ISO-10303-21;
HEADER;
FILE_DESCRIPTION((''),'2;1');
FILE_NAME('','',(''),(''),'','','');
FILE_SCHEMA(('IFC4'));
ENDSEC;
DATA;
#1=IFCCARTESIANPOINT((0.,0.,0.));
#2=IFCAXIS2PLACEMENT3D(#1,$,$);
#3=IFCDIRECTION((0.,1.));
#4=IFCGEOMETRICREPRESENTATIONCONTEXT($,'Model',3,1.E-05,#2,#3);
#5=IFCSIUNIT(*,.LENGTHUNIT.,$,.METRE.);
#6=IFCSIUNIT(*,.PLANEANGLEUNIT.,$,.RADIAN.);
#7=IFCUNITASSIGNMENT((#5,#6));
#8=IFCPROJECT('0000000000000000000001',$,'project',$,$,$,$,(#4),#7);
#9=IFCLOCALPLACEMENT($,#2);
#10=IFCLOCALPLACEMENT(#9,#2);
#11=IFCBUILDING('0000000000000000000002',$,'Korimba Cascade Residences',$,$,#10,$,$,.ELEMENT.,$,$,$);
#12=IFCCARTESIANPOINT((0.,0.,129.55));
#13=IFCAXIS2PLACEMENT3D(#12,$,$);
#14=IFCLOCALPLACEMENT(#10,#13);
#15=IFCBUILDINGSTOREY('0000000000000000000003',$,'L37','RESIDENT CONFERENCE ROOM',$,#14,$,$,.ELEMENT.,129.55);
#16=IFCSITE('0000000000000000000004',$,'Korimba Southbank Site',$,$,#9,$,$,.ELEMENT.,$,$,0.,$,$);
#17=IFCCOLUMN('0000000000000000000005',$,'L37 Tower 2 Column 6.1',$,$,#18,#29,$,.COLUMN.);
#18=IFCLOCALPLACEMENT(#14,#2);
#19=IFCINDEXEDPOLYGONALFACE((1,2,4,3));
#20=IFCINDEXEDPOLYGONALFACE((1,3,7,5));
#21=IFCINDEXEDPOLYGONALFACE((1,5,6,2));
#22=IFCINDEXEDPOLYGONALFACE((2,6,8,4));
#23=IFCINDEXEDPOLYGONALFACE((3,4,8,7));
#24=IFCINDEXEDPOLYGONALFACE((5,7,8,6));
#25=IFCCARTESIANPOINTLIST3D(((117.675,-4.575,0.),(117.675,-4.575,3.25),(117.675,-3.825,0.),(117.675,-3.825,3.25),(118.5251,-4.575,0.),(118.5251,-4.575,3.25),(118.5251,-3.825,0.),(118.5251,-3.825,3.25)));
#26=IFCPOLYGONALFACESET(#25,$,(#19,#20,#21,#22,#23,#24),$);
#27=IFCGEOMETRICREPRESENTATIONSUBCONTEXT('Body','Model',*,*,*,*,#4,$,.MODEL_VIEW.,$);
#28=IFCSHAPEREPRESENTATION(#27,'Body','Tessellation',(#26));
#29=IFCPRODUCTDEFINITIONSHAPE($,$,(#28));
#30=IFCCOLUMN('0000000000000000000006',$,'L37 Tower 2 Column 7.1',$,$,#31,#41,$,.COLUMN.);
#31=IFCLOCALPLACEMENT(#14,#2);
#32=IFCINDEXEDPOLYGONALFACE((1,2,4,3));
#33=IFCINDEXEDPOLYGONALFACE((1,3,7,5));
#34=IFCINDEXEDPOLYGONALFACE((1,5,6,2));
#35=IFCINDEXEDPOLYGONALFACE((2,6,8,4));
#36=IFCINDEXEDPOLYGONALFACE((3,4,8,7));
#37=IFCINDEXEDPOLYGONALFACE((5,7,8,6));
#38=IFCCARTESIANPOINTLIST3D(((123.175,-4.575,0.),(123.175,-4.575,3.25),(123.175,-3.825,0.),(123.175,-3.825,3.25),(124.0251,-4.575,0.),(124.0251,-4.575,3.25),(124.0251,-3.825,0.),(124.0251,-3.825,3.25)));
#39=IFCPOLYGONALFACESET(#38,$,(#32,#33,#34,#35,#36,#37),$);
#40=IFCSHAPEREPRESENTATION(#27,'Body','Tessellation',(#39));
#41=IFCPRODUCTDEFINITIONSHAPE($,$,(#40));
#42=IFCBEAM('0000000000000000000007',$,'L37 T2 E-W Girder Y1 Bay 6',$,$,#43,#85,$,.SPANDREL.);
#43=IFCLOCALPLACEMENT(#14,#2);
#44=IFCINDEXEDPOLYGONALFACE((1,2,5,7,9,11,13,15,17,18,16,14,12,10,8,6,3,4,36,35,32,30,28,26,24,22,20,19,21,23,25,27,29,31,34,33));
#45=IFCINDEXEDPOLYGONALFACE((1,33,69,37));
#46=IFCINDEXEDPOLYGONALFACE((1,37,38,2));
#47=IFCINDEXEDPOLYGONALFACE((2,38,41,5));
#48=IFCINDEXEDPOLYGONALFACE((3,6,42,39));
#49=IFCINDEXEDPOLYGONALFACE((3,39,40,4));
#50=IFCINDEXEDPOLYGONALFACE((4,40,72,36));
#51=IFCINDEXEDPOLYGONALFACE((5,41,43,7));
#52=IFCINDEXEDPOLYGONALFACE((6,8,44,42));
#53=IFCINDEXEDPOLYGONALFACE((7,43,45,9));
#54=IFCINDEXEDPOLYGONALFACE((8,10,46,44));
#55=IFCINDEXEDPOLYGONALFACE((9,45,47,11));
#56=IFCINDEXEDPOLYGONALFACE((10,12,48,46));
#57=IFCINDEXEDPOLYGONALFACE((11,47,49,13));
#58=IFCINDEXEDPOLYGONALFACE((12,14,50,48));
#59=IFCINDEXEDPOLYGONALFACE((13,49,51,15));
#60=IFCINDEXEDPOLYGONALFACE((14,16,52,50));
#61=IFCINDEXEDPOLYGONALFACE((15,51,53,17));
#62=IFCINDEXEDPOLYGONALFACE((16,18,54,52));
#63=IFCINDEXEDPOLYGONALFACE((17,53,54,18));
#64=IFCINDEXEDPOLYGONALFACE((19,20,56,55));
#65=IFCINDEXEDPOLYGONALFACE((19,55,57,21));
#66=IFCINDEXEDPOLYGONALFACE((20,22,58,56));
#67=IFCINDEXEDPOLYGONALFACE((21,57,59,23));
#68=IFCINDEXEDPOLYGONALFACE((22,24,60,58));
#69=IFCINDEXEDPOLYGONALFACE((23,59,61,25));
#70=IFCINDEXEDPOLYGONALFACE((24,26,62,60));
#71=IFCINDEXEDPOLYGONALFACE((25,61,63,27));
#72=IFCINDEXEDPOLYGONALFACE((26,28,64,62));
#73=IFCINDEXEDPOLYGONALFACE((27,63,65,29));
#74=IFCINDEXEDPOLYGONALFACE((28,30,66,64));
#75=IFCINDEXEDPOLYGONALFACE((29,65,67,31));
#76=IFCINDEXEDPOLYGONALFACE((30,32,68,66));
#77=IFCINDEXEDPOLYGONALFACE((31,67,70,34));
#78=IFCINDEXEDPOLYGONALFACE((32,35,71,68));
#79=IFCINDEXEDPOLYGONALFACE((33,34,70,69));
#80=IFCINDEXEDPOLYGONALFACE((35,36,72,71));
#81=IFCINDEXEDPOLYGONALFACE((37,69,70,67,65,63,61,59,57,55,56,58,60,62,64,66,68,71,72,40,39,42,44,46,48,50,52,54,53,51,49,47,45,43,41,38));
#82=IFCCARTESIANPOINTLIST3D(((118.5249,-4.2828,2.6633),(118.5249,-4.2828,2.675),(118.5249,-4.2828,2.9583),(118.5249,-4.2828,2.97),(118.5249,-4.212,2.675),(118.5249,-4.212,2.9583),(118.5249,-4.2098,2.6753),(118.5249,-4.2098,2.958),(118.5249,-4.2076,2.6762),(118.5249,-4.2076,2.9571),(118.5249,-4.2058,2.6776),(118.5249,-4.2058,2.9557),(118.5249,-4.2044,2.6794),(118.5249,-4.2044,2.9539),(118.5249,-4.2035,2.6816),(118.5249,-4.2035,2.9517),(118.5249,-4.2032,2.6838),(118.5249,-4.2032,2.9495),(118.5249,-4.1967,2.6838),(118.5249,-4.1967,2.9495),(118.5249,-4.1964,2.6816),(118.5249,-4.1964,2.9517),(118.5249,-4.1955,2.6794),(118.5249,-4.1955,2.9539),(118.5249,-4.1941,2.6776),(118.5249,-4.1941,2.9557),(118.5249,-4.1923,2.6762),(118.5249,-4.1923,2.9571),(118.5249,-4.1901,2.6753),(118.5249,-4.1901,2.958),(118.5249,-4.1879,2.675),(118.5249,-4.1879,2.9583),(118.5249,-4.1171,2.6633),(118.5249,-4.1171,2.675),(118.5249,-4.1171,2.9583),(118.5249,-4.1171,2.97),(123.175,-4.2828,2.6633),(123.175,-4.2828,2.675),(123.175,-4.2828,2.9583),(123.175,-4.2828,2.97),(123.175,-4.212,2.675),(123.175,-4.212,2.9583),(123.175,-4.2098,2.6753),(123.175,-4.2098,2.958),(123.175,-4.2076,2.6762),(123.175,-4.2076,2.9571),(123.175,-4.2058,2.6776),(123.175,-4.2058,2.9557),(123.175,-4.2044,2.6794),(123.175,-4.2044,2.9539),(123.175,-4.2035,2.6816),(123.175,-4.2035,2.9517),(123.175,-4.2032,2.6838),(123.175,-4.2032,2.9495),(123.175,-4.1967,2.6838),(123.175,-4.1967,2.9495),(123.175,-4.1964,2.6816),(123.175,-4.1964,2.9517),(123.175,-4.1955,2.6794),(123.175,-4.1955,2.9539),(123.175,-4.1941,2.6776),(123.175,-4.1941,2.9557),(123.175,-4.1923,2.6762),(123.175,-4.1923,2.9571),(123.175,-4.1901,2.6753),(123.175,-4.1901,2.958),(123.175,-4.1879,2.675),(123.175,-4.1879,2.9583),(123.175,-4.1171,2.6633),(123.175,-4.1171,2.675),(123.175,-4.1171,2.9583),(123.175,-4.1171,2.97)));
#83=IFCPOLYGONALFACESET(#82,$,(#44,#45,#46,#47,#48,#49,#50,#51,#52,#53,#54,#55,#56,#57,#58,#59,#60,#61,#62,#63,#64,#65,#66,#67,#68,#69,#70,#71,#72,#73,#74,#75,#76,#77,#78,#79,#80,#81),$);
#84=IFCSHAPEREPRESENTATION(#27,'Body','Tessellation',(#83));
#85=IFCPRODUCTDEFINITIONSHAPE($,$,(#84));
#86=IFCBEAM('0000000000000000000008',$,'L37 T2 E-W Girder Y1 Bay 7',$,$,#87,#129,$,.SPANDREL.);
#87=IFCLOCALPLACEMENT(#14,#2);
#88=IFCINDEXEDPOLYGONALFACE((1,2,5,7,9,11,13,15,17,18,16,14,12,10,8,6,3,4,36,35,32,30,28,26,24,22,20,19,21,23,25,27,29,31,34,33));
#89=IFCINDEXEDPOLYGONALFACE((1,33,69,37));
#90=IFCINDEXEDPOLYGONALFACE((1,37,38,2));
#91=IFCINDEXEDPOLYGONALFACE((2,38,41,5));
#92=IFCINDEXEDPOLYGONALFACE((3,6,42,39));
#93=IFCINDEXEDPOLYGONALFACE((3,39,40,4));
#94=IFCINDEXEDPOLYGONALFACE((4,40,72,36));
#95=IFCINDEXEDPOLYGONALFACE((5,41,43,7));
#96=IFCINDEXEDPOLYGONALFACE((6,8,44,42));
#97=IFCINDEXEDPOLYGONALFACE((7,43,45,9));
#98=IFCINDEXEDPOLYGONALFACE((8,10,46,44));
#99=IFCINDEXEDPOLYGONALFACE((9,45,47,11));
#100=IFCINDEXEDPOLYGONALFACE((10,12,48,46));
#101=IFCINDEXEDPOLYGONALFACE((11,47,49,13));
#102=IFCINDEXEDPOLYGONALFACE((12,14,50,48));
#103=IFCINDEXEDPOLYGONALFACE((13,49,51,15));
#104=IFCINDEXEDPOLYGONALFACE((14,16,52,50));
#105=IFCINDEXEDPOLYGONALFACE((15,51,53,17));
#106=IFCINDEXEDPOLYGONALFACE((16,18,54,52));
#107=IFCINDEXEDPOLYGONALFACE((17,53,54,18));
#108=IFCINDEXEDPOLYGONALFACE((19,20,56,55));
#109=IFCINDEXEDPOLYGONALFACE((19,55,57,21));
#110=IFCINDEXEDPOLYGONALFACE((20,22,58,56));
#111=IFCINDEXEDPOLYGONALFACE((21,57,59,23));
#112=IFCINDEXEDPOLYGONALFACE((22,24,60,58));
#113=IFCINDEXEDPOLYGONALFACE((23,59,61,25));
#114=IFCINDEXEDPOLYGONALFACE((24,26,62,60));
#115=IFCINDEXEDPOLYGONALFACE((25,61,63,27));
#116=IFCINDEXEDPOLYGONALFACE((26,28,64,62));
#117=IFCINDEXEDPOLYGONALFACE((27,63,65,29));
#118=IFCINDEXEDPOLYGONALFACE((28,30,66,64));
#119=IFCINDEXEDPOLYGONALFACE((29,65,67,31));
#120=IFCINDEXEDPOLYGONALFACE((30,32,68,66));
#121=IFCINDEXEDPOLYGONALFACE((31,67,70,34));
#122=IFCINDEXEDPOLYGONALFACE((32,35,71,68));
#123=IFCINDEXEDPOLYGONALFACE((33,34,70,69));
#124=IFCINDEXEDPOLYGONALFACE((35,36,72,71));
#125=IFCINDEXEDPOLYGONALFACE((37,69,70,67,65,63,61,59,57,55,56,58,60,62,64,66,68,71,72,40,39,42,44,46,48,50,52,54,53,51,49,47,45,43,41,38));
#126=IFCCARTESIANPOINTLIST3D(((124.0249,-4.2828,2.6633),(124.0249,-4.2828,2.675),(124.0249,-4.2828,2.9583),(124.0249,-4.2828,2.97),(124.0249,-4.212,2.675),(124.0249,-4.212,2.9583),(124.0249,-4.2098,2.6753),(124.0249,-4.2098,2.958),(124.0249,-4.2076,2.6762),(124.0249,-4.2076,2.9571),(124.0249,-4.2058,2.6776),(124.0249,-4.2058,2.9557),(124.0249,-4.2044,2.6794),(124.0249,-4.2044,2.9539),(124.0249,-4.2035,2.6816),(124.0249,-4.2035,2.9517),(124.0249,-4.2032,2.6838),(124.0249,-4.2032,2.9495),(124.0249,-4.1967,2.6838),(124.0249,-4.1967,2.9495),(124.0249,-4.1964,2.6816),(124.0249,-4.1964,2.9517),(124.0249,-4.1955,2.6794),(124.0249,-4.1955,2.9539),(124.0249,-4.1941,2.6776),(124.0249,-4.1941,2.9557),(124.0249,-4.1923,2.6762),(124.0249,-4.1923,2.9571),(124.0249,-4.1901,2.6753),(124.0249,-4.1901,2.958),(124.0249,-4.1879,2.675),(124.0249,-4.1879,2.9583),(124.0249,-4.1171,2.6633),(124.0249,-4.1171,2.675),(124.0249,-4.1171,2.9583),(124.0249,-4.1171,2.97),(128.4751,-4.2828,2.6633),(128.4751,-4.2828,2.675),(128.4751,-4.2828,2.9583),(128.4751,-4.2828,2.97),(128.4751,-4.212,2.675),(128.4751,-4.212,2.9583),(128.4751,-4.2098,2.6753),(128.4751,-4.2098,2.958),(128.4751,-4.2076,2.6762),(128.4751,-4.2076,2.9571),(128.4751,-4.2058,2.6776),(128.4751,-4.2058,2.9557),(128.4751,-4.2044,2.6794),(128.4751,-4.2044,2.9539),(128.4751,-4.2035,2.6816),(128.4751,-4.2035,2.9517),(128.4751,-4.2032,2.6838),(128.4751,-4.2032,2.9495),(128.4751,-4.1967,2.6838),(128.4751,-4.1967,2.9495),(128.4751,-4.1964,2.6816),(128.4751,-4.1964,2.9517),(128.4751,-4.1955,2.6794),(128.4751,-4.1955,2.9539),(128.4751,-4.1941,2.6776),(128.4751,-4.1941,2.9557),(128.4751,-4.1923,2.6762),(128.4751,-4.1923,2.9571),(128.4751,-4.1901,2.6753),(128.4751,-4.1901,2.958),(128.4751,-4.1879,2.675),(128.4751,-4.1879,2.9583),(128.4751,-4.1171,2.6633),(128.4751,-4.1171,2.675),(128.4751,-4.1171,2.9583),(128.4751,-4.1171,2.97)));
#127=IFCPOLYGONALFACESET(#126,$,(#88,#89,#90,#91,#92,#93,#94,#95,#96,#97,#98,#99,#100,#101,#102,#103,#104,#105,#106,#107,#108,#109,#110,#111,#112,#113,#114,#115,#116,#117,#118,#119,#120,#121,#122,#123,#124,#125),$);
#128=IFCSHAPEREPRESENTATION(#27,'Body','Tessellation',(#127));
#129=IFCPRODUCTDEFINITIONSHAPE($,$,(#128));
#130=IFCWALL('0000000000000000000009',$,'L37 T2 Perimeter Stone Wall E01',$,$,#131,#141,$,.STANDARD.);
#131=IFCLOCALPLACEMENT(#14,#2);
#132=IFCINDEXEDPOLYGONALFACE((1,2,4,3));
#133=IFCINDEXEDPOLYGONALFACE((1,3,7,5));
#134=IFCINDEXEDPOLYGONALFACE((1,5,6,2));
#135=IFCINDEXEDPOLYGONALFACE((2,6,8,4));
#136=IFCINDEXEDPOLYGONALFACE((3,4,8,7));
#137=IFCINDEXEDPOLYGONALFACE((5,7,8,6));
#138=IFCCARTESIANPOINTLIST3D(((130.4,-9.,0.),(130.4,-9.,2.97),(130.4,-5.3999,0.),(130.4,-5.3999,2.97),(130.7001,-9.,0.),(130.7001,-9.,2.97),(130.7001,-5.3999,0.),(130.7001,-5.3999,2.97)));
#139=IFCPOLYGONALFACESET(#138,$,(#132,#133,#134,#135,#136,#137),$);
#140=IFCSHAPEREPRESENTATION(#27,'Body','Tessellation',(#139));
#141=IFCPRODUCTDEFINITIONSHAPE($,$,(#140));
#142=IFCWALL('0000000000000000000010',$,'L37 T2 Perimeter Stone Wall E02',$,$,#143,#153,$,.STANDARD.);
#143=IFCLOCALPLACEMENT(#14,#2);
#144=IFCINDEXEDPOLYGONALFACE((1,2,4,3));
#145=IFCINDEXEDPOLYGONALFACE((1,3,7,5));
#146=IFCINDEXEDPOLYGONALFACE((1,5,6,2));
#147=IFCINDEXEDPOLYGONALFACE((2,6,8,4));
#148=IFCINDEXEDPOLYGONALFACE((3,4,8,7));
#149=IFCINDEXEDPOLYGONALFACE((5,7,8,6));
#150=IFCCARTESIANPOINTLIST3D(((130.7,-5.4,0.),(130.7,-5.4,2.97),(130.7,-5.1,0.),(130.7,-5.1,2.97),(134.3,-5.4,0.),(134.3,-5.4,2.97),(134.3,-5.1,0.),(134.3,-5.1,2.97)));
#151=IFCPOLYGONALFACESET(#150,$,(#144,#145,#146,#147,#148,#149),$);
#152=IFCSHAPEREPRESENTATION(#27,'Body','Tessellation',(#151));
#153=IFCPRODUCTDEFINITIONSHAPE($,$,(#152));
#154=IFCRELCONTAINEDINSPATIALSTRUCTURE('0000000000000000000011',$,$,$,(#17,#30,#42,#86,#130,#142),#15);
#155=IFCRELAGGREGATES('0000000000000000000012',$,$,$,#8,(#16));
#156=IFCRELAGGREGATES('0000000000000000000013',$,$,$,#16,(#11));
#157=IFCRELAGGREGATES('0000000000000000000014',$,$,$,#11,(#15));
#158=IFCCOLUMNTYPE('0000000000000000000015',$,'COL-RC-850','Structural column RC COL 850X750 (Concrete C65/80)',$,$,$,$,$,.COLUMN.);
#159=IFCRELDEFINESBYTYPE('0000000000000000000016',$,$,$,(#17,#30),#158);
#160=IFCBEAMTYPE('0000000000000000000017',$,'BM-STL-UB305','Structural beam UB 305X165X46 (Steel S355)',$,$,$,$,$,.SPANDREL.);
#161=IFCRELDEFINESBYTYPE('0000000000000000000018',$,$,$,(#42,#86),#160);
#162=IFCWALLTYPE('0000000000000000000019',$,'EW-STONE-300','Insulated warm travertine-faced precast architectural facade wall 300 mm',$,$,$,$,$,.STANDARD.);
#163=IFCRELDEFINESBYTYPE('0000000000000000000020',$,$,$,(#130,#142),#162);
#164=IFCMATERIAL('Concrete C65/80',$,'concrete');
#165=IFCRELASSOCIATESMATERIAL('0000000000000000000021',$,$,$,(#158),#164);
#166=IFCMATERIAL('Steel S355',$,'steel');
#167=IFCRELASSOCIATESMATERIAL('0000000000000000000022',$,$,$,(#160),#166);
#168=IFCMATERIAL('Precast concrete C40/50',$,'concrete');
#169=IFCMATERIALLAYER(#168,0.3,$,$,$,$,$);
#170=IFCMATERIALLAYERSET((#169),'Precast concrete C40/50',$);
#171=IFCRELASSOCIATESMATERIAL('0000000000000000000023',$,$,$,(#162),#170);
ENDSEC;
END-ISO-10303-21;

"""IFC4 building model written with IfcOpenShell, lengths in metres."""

from ifc_helpers import new_model, si_unit, direction, frame, frame_2d, origin, origin_2d, place, context, subcontext, project, spatial, rectangle, i_section, extrude, material, layer, layer_set, material_profile, profile_set, type_object, element, save


model = new_model("IFC4")

# Units and contexts
model_context = context("Model", 3, precision=1e-05, world=origin(), true_north=direction((0.0, 1.0)))
body_context = subcontext(model_context, "Body", "Model", "MODEL_VIEW")
ifc_project = project(units=[si_unit("LENGTHUNIT", "METRE"), si_unit("PLANEANGLEUNIT", "RADIAN")], contexts=[model_context])

# Site, building, storey
site_placement = place(None, origin())
site = spatial("IfcSite", under=ifc_project, at=site_placement, Name="Korimba Southbank Site", CompositionType="ELEMENT", RefElevation=0.0)
building_placement = place(site_placement, origin())
building = spatial("IfcBuilding", under=site, at=building_placement, Name="Korimba Cascade Residences", CompositionType="ELEMENT")
storey_placement = place(building_placement, frame((0.0, 0.0, 129.55)))
storey = spatial("IfcBuildingStorey", under=building, at=storey_placement, Name="L37", Description="RESIDENT CONFERENCE ROOM", CompositionType="ELEMENT", Elevation=129.55)

# Columns
ifc_material_1 = material(Name="Concrete C65/80", Category="concrete")
ifc_material_profile_1 = material_profile(ifc_material_1, rectangle(XDim=0.8501, YDim=0.75, at=origin_2d()), Name="Concrete C65/80")
ifc_profile_set_1 = profile_set([ifc_material_profile_1], Name="Concrete C65/80")
column_type = type_object("IfcColumnType", Name="COL-RC-850", Description="Structural column RC COL 850X750 (Concrete C65/80)", PredefinedType="COLUMN", material=ifc_profile_set_1)
for number, where, z_axis, x_axis, name in (
    (1, (118.1001, -4.2, 0.0), (0.0, 0.0, 1.0), (1.0, 0.0, 0.0), "L37 Tower 2 Column 6.1"),
    (2, (123.6001, -4.2, 0.0), (0.0, 0.0, 1.0), (1.0, 0.0, 0.0), "L37 Tower 2 Column 7.1"),
):
    element("IfcColumn", number, at=place(storey_placement, frame(where, z_axis=z_axis, x_axis=x_axis)), inside=storey, type_object=column_type, Name=name, PredefinedType="COLUMN", context=body_context, shape_type="SweptSolid", body=[
        extrude(rectangle(XDim=0.8501, YDim=0.75, at=origin_2d()), origin(), (0.0, 0.0, 1.0), 3.25),
    ])

# Beams
ifc_material_2 = material(Name="Steel S355", Category="steel")
ifc_material_profile_2 = material_profile(ifc_material_2, i_section(OverallWidth=0.1658, OverallDepth=0.3066, WebThickness=0.0066, FlangeThickness=0.0117, FilletRadius=0.0088, at=origin_2d()), Name="Steel S355")
ifc_profile_set_2 = profile_set([ifc_material_profile_2], Name="Steel S355")
beam_type = type_object("IfcBeamType", Name="BM-STL-UB305", Description="Structural beam UB 305X165X46 (Steel S355)", PredefinedType="SPANDREL", material=ifc_profile_set_2)
beam_1_placement = place(storey_placement, frame((118.5249, -4.2, 2.8167), z_axis=(1.0, 0.0, 0.0), x_axis=(0.0, 1.0, 0.0)))
element("IfcBeam", 3, at=beam_1_placement, inside=storey, type_object=beam_type, Name="L37 T2 E-W Girder Y1 Bay 6", PredefinedType="SPANDREL", context=body_context, shape_type="SweptSolid", body=[
    extrude(i_section(OverallWidth=0.1658, OverallDepth=0.3066, WebThickness=0.0066, FlangeThickness=0.0117, FilletRadius=0.0088, at=origin_2d()), origin(), (0.0, 0.0, 1.0), 4.6501),
])
beam_2_placement = place(storey_placement, frame((124.0249, -4.2, 2.8167), z_axis=(1.0, 0.0, 0.0), x_axis=(0.0, 1.0, 0.0)))
element("IfcBeam", 4, at=beam_2_placement, inside=storey, type_object=beam_type, Name="L37 T2 E-W Girder Y1 Bay 7", PredefinedType="SPANDREL", context=body_context, shape_type="SweptSolid", body=[
    extrude(i_section(OverallWidth=0.1658, OverallDepth=0.3066, WebThickness=0.0066, FlangeThickness=0.0117, FilletRadius=0.0088, at=origin_2d()), origin(), (0.0, 0.0, 1.0), 4.4502),
])

# Walls
ifc_material_3 = material(Name="Precast concrete C40/50", Category="concrete")
ifc_layer_1 = layer(ifc_material_3, 0.3)
ifc_layer_set_1 = layer_set([ifc_layer_1], Name="Precast concrete C40/50")
wall_type_1 = type_object("IfcWallType", Name="EW-STONE-300", Description="Insulated warm travertine-faced precast architectural facade wall 300 mm", PredefinedType="STANDARD", material=ifc_layer_set_1)
for number, where, z_axis, x_axis, name in (
    (5, (130.55, -9.0, 0.0), (0.0, 0.0, 1.0), (0.0, 1.0, 0.0), "L37 T2 Perimeter Stone Wall E01"),
    (6, (130.7, -5.25, 0.0), (0.0, 0.0, 1.0), (1.0, 0.0, 0.0), "L37 T2 Perimeter Stone Wall E02"),
):
    element("IfcWall", number, at=place(storey_placement, frame(where, z_axis=z_axis, x_axis=x_axis)), inside=storey, type_object=wall_type_1, Name=name, PredefinedType="STANDARD", context=body_context, shape_type="SweptSolid", body=[
        extrude(rectangle(XDim=3.6001, YDim=0.3, at=frame_2d((1.8, 0.0))), origin(), (0.0, 0.0, 1.0), 2.97),
    ])

save(model, "model.ifc")
